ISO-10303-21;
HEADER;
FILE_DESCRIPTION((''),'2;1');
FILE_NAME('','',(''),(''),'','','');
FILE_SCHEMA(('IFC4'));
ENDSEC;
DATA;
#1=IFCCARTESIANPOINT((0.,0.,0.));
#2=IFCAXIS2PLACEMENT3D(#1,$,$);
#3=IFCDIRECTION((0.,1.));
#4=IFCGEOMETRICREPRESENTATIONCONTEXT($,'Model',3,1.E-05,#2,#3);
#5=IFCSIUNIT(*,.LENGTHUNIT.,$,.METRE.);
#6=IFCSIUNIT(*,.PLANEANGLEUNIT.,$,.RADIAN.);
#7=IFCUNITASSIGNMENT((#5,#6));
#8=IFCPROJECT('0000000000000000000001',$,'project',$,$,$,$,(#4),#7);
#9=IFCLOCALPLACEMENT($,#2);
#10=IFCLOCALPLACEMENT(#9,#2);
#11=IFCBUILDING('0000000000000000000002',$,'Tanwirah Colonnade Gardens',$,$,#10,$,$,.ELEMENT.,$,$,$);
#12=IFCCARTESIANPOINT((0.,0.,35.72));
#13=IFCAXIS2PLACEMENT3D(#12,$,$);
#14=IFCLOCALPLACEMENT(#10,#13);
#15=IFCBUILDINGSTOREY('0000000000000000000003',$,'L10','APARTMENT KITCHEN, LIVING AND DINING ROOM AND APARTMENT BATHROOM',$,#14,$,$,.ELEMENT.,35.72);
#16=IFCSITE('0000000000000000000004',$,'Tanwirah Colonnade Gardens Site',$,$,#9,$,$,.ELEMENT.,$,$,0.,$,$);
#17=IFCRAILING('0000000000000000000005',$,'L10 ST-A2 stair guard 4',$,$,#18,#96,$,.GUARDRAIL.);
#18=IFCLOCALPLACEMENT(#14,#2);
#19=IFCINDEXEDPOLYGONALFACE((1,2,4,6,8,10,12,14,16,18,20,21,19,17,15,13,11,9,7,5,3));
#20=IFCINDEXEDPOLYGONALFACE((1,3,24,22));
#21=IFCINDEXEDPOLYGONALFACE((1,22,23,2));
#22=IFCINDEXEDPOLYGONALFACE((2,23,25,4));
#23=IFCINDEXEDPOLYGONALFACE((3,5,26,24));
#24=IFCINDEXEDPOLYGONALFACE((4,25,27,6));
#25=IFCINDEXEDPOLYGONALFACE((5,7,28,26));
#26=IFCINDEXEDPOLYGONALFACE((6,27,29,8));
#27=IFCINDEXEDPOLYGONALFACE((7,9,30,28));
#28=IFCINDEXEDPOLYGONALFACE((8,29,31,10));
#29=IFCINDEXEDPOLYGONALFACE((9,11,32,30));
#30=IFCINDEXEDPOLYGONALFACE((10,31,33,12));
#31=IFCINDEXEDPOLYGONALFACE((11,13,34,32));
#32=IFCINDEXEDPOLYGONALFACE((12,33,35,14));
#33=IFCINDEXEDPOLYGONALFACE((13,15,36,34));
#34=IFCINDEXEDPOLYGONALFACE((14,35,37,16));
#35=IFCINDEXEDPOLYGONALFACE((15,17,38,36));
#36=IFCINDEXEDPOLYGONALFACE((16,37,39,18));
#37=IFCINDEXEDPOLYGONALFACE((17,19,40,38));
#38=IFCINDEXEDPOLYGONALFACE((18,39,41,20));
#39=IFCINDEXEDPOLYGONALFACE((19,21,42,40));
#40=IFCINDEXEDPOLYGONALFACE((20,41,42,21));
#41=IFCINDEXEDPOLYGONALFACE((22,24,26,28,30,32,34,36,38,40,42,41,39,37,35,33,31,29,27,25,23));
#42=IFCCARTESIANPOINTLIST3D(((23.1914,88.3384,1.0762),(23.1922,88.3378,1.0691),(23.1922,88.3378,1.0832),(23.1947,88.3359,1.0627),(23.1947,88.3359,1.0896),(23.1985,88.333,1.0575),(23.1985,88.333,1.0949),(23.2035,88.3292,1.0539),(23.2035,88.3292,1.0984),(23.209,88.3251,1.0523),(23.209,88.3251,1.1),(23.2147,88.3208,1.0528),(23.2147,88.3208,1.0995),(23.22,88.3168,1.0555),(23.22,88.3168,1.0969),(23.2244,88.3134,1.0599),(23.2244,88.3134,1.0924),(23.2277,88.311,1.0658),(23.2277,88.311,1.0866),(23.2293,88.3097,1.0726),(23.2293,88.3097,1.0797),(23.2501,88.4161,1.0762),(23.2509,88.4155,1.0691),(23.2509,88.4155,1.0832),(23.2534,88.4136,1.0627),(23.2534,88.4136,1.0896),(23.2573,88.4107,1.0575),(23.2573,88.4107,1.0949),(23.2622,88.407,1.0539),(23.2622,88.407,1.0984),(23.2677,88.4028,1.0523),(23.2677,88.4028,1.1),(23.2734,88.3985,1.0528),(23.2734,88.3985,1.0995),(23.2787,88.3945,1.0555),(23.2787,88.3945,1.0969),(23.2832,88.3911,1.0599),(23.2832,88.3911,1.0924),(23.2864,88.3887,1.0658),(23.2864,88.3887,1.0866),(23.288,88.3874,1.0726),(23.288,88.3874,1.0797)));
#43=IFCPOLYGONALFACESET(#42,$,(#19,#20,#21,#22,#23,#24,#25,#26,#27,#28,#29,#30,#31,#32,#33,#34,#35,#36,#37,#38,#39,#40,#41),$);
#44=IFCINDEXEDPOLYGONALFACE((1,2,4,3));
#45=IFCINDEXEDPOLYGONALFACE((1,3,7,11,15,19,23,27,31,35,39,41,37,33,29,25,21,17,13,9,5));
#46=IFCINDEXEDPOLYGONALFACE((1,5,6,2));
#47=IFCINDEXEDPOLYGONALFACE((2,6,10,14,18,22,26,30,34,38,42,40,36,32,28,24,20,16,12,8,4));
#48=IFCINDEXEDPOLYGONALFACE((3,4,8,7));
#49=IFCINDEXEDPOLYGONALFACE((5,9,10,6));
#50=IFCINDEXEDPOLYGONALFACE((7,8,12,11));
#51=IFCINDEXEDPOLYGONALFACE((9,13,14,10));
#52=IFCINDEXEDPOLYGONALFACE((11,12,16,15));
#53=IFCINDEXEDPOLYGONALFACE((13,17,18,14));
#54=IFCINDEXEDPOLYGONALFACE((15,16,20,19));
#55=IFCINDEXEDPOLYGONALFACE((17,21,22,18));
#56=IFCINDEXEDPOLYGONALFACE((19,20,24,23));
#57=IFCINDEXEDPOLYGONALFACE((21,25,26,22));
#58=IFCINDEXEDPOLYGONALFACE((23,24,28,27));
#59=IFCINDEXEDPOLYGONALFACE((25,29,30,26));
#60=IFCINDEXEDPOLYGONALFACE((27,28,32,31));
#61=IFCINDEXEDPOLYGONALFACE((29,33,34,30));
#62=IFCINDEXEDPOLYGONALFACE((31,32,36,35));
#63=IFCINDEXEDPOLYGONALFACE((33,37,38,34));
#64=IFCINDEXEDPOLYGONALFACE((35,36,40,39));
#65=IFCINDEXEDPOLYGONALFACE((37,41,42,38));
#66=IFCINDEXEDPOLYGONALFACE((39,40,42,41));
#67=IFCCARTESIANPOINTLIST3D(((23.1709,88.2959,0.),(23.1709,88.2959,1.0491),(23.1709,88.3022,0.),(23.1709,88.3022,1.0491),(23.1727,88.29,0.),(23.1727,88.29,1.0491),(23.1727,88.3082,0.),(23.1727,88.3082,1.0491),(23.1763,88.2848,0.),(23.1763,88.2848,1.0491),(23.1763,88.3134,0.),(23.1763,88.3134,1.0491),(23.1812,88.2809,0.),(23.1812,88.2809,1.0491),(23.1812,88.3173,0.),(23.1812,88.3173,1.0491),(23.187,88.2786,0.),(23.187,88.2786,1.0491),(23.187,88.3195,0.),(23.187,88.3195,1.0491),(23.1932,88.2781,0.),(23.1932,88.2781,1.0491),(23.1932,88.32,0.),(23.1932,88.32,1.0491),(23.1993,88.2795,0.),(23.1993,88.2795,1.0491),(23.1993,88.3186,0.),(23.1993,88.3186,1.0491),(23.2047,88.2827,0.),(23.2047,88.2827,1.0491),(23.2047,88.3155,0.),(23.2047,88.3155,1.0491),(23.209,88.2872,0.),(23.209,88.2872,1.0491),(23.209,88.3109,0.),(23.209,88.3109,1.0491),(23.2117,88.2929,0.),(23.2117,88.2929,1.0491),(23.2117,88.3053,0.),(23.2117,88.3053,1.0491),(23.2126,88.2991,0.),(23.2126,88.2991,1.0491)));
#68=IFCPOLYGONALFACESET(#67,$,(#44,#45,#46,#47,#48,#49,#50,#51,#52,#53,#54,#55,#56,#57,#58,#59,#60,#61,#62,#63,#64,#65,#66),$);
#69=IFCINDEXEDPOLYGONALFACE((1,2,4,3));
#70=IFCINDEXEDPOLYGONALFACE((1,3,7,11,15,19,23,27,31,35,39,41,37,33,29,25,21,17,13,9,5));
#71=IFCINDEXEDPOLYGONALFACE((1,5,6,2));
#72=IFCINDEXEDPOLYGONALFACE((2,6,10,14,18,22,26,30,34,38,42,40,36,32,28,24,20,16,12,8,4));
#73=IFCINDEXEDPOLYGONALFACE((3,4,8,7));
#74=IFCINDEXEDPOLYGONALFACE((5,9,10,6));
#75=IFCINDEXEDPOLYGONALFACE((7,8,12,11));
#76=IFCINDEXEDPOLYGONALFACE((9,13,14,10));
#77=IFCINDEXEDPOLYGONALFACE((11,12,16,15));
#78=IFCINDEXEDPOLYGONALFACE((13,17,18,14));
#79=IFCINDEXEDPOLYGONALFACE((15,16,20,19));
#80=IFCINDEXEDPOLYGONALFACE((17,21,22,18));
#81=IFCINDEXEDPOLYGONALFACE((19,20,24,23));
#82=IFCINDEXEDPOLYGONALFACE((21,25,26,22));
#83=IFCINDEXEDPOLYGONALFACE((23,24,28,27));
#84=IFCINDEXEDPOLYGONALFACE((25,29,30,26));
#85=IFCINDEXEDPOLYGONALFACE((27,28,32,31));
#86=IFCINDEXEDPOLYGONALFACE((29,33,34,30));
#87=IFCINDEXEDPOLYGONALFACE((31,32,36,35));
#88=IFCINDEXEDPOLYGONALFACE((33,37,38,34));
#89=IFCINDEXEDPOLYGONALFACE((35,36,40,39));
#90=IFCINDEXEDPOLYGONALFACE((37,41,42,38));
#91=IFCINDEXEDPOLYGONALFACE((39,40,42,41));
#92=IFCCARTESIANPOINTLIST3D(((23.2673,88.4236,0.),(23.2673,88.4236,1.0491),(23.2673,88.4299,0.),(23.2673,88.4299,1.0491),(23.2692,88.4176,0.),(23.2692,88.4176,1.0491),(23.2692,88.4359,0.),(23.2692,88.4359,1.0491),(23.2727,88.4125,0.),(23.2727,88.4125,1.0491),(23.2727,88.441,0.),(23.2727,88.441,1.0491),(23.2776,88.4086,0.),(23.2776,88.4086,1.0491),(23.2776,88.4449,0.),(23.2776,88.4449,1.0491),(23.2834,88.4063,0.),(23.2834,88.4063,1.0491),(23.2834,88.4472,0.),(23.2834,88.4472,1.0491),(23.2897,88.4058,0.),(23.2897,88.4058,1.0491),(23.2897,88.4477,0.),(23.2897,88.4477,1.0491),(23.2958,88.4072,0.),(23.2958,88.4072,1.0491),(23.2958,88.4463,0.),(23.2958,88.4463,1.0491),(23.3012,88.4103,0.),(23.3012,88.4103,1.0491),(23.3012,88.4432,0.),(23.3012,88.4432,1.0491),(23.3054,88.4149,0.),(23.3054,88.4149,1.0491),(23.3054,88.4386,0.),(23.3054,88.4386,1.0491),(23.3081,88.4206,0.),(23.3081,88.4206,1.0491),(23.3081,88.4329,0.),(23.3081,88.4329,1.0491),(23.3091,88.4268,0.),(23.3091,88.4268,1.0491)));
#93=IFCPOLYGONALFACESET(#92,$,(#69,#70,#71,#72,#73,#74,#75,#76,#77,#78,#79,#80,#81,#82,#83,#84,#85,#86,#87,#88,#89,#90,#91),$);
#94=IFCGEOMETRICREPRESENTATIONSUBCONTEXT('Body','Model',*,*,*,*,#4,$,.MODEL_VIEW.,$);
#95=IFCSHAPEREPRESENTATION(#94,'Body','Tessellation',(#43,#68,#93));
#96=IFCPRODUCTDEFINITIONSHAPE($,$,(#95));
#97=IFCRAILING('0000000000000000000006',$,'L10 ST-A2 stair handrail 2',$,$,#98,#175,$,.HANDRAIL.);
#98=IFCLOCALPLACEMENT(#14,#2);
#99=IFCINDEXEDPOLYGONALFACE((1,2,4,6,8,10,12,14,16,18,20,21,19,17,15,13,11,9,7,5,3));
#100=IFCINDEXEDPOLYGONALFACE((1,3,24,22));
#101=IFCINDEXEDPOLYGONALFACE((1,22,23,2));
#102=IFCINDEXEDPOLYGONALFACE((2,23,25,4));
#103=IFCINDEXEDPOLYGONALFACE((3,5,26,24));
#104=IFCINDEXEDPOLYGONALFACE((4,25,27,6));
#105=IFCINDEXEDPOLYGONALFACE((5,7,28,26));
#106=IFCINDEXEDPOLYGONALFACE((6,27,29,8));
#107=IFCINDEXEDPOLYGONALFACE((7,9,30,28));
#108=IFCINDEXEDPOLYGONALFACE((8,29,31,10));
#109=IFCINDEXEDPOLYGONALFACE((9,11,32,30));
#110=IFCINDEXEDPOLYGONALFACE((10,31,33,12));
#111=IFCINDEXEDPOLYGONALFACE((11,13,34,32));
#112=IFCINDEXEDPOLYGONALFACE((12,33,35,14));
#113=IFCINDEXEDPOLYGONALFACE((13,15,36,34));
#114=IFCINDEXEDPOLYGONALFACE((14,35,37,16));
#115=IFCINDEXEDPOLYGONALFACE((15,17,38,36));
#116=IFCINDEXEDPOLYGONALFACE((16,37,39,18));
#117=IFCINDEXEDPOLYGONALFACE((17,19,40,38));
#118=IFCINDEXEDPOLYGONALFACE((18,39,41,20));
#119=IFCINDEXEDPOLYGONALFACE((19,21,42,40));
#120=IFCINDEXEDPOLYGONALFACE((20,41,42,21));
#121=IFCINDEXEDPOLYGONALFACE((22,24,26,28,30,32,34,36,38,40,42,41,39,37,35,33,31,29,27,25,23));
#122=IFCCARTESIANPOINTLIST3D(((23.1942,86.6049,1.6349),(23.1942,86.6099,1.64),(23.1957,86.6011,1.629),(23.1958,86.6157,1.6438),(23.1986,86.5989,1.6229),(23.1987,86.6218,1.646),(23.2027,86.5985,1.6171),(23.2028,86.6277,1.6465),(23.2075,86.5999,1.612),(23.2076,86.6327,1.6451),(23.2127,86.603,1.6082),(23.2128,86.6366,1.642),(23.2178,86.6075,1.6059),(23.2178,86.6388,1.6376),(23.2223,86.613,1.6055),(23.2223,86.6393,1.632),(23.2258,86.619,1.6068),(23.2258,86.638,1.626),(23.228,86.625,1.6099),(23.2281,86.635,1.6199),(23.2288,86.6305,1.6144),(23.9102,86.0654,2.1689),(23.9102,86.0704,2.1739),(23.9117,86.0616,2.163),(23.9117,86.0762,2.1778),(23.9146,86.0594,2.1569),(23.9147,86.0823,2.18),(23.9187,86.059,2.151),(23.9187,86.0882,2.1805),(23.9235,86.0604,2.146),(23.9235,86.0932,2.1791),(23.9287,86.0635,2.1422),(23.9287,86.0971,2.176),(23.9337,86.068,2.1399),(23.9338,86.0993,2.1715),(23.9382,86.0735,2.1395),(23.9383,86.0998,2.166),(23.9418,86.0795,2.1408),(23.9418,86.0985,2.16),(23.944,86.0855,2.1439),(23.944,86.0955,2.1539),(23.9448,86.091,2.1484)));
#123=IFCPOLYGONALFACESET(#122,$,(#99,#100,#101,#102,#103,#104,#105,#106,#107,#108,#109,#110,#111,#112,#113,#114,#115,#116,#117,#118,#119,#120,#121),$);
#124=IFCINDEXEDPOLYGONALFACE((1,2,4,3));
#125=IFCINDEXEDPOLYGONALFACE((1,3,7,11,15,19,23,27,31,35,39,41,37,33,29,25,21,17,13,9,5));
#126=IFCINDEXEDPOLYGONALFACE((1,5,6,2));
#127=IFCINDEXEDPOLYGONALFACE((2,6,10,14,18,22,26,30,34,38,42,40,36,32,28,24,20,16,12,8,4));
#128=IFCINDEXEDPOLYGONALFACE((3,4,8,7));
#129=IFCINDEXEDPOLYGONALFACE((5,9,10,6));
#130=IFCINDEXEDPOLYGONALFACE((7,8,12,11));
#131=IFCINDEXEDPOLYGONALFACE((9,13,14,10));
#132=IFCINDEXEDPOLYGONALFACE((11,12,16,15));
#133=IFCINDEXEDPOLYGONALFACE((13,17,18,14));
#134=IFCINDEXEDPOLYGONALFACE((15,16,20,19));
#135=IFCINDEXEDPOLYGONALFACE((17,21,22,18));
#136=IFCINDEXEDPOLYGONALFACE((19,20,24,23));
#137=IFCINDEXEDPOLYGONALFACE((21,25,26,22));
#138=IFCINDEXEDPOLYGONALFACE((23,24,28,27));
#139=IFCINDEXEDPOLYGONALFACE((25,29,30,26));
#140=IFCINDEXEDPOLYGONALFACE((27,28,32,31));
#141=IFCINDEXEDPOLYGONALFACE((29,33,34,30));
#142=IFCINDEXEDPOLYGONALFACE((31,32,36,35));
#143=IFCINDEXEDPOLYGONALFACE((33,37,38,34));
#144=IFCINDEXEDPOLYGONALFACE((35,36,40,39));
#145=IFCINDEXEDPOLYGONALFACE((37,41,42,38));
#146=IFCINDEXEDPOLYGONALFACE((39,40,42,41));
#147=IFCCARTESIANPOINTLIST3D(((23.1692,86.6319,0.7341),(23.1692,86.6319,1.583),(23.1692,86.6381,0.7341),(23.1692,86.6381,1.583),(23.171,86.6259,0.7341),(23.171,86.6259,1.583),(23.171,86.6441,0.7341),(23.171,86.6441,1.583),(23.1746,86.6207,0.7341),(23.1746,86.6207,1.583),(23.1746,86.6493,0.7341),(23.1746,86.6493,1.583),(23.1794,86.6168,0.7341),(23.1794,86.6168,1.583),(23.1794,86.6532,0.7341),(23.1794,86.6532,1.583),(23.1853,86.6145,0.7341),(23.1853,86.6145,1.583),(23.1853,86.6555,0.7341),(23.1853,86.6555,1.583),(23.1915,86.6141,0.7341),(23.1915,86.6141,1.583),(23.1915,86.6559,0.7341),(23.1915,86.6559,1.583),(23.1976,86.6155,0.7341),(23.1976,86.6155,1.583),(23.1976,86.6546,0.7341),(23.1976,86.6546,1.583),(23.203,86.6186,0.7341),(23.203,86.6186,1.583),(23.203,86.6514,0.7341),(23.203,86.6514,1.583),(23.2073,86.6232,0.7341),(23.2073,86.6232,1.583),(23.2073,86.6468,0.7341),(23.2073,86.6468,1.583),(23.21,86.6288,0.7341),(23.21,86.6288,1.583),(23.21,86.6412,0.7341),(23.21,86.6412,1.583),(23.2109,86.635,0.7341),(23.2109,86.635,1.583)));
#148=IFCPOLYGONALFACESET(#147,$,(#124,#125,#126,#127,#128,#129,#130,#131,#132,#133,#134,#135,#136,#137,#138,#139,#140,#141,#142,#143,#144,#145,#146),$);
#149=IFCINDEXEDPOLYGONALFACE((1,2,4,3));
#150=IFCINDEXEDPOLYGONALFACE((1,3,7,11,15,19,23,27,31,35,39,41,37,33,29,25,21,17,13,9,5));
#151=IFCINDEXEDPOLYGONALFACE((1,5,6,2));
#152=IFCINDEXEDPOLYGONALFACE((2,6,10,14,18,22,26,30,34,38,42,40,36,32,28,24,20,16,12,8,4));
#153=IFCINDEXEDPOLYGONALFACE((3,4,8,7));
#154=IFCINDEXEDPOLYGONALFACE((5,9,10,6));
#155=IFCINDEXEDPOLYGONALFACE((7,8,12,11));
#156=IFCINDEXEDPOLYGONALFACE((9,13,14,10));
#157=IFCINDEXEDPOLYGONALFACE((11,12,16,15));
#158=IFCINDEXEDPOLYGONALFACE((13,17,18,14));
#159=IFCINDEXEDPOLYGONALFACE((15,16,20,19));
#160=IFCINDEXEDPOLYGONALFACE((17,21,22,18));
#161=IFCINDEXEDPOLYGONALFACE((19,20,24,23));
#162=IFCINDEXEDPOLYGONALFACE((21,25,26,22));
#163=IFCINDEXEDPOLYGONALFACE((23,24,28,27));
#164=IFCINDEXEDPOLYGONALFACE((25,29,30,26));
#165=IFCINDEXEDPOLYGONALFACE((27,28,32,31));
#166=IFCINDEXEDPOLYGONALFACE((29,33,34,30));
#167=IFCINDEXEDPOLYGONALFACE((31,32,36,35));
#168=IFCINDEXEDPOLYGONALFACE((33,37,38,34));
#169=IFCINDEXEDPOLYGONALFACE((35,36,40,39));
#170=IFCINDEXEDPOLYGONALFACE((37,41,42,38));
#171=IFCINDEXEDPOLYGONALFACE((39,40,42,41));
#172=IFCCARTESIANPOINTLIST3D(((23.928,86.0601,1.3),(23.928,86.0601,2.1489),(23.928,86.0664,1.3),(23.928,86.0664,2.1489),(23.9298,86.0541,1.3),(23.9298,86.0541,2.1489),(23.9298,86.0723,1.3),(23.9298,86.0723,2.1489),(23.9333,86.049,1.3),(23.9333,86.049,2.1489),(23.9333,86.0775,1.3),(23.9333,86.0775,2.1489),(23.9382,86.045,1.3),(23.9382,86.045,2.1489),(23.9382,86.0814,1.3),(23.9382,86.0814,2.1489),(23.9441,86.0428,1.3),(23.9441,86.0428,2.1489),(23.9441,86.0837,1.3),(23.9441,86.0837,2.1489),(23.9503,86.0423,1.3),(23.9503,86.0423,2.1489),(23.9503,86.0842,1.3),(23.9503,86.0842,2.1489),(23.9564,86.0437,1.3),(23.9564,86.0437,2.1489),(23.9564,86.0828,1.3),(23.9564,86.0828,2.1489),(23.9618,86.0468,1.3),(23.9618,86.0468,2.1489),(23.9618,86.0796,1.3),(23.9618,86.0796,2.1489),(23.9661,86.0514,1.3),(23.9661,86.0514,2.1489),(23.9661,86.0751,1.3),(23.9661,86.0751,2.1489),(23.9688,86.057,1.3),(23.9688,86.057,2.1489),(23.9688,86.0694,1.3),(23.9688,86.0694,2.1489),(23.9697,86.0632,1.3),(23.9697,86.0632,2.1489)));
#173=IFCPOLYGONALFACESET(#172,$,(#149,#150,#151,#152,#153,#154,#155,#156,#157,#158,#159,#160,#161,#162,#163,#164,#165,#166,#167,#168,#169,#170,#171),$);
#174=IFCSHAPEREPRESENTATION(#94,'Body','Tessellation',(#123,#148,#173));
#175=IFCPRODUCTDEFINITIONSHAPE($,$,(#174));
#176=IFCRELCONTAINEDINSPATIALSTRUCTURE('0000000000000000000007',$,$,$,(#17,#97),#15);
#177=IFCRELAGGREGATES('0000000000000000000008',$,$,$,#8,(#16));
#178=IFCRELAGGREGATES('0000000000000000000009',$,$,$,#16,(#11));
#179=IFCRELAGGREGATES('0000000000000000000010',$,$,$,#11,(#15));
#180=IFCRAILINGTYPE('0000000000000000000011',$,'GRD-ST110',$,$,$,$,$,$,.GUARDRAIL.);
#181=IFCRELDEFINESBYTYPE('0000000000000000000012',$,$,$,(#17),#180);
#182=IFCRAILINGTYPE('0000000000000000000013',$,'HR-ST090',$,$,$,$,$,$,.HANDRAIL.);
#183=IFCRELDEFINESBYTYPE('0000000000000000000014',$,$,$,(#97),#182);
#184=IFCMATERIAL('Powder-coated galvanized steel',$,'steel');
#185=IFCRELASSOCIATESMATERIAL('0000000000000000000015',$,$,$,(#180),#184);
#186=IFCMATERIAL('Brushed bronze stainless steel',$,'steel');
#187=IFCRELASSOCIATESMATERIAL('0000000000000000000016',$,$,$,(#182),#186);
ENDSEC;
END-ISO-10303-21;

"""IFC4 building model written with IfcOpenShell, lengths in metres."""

from ifc_helpers import new_model, si_unit, direction, frame, origin, origin_2d, place, context, subcontext, project, spatial, circle, extrude, material, type_object, element, save


model = new_model("IFC4")

# Units and contexts
model_context = context("Model", 3, precision=1e-05, world=origin(), true_north=direction((0.0, 1.0)))
body_context = subcontext(model_context, "Body", "Model", "MODEL_VIEW")
ifc_project = project(units=[si_unit("LENGTHUNIT", "METRE"), si_unit("PLANEANGLEUNIT", "RADIAN")], contexts=[model_context])

# Site, building, storey
site_placement = place(None, origin())
site = spatial("IfcSite", under=ifc_project, at=site_placement, Name="Tanwirah Colonnade Gardens Site", CompositionType="ELEMENT", RefElevation=0.0)
building_placement = place(site_placement, origin())
building = spatial("IfcBuilding", under=site, at=building_placement, Name="Tanwirah Colonnade Gardens", CompositionType="ELEMENT")
storey_placement = place(building_placement, frame((0.0, 0.0, 35.72)))
storey = spatial("IfcBuildingStorey", under=building, at=storey_placement, Name="L10", Description="APARTMENT KITCHEN, LIVING AND DINING ROOM AND APARTMENT BATHROOM", CompositionType="ELEMENT", Elevation=35.72)

# Railings
ifc_material_1 = material(Name="Powder-coated galvanized steel", Category="steel")
railing_type_1 = type_object("IfcRailingType", Name="GRD-ST110", PredefinedType="GUARDRAIL", material=ifc_material_1)
railing_1_placement = place(storey_placement, frame((23.1917, 88.2991, 0.0)))
element("IfcRailing", 1, at=railing_1_placement, inside=storey, type_object=railing_type_1, Name="L10 ST-A2 stair guard 4", PredefinedType="GUARDRAIL", context=body_context, shape_type="SweptSolid", body=[
    extrude(circle(Radius=0.0239, at=origin_2d()), frame((0.0188, 0.0249, 1.0762), z_axis=(0.602682, 0.797981, 0.0), x_axis=(-0.797981, 0.602682, 0.0)), (0.0, 0.0, 1.0), 0.0974),
    extrude(circle(Radius=0.021, at=origin_2d()), origin(), (0.0, 0.0, 1.0), 1.0491),
    extrude(circle(Radius=0.021, at=origin_2d()), frame((0.0964, 0.1277, 0.0)), (0.0, 0.0, 1.0), 1.0491),
])
ifc_material_2 = material(Name="Brushed bronze stainless steel", Category="steel")
railing_type_2 = type_object("IfcRailingType", Name="HR-ST090", PredefinedType="HANDRAIL", material=ifc_material_2)
railing_2_placement = place(storey_placement, frame((23.1899, 86.635, 0.7341)))
element("IfcRailing", 2, at=railing_2_placement, inside=storey, type_object=railing_type_2, Name="L10 ST-A2 stair handrail 2", PredefinedType="HANDRAIL", context=body_context, shape_type="SweptSolid", body=[
    extrude(circle(Radius=0.0239, at=origin_2d()), frame((0.0215, -0.0161, 0.8918), z_axis=(0.686145, -0.517037, 0.511739), x_axis=(0.601807, 0.798641, 0.0)), (0.0, 0.0, 1.0), 1.0435),
    extrude(circle(Radius=0.021, at=origin_2d()), origin(), (0.0, 0.0, 1.0), 0.8489),
    extrude(circle(Radius=0.021, at=origin_2d()), frame((0.7588, -0.5718, 0.5659)), (0.0, 0.0, 1.0), 0.8489),
])

save(model, "model.ifc")
